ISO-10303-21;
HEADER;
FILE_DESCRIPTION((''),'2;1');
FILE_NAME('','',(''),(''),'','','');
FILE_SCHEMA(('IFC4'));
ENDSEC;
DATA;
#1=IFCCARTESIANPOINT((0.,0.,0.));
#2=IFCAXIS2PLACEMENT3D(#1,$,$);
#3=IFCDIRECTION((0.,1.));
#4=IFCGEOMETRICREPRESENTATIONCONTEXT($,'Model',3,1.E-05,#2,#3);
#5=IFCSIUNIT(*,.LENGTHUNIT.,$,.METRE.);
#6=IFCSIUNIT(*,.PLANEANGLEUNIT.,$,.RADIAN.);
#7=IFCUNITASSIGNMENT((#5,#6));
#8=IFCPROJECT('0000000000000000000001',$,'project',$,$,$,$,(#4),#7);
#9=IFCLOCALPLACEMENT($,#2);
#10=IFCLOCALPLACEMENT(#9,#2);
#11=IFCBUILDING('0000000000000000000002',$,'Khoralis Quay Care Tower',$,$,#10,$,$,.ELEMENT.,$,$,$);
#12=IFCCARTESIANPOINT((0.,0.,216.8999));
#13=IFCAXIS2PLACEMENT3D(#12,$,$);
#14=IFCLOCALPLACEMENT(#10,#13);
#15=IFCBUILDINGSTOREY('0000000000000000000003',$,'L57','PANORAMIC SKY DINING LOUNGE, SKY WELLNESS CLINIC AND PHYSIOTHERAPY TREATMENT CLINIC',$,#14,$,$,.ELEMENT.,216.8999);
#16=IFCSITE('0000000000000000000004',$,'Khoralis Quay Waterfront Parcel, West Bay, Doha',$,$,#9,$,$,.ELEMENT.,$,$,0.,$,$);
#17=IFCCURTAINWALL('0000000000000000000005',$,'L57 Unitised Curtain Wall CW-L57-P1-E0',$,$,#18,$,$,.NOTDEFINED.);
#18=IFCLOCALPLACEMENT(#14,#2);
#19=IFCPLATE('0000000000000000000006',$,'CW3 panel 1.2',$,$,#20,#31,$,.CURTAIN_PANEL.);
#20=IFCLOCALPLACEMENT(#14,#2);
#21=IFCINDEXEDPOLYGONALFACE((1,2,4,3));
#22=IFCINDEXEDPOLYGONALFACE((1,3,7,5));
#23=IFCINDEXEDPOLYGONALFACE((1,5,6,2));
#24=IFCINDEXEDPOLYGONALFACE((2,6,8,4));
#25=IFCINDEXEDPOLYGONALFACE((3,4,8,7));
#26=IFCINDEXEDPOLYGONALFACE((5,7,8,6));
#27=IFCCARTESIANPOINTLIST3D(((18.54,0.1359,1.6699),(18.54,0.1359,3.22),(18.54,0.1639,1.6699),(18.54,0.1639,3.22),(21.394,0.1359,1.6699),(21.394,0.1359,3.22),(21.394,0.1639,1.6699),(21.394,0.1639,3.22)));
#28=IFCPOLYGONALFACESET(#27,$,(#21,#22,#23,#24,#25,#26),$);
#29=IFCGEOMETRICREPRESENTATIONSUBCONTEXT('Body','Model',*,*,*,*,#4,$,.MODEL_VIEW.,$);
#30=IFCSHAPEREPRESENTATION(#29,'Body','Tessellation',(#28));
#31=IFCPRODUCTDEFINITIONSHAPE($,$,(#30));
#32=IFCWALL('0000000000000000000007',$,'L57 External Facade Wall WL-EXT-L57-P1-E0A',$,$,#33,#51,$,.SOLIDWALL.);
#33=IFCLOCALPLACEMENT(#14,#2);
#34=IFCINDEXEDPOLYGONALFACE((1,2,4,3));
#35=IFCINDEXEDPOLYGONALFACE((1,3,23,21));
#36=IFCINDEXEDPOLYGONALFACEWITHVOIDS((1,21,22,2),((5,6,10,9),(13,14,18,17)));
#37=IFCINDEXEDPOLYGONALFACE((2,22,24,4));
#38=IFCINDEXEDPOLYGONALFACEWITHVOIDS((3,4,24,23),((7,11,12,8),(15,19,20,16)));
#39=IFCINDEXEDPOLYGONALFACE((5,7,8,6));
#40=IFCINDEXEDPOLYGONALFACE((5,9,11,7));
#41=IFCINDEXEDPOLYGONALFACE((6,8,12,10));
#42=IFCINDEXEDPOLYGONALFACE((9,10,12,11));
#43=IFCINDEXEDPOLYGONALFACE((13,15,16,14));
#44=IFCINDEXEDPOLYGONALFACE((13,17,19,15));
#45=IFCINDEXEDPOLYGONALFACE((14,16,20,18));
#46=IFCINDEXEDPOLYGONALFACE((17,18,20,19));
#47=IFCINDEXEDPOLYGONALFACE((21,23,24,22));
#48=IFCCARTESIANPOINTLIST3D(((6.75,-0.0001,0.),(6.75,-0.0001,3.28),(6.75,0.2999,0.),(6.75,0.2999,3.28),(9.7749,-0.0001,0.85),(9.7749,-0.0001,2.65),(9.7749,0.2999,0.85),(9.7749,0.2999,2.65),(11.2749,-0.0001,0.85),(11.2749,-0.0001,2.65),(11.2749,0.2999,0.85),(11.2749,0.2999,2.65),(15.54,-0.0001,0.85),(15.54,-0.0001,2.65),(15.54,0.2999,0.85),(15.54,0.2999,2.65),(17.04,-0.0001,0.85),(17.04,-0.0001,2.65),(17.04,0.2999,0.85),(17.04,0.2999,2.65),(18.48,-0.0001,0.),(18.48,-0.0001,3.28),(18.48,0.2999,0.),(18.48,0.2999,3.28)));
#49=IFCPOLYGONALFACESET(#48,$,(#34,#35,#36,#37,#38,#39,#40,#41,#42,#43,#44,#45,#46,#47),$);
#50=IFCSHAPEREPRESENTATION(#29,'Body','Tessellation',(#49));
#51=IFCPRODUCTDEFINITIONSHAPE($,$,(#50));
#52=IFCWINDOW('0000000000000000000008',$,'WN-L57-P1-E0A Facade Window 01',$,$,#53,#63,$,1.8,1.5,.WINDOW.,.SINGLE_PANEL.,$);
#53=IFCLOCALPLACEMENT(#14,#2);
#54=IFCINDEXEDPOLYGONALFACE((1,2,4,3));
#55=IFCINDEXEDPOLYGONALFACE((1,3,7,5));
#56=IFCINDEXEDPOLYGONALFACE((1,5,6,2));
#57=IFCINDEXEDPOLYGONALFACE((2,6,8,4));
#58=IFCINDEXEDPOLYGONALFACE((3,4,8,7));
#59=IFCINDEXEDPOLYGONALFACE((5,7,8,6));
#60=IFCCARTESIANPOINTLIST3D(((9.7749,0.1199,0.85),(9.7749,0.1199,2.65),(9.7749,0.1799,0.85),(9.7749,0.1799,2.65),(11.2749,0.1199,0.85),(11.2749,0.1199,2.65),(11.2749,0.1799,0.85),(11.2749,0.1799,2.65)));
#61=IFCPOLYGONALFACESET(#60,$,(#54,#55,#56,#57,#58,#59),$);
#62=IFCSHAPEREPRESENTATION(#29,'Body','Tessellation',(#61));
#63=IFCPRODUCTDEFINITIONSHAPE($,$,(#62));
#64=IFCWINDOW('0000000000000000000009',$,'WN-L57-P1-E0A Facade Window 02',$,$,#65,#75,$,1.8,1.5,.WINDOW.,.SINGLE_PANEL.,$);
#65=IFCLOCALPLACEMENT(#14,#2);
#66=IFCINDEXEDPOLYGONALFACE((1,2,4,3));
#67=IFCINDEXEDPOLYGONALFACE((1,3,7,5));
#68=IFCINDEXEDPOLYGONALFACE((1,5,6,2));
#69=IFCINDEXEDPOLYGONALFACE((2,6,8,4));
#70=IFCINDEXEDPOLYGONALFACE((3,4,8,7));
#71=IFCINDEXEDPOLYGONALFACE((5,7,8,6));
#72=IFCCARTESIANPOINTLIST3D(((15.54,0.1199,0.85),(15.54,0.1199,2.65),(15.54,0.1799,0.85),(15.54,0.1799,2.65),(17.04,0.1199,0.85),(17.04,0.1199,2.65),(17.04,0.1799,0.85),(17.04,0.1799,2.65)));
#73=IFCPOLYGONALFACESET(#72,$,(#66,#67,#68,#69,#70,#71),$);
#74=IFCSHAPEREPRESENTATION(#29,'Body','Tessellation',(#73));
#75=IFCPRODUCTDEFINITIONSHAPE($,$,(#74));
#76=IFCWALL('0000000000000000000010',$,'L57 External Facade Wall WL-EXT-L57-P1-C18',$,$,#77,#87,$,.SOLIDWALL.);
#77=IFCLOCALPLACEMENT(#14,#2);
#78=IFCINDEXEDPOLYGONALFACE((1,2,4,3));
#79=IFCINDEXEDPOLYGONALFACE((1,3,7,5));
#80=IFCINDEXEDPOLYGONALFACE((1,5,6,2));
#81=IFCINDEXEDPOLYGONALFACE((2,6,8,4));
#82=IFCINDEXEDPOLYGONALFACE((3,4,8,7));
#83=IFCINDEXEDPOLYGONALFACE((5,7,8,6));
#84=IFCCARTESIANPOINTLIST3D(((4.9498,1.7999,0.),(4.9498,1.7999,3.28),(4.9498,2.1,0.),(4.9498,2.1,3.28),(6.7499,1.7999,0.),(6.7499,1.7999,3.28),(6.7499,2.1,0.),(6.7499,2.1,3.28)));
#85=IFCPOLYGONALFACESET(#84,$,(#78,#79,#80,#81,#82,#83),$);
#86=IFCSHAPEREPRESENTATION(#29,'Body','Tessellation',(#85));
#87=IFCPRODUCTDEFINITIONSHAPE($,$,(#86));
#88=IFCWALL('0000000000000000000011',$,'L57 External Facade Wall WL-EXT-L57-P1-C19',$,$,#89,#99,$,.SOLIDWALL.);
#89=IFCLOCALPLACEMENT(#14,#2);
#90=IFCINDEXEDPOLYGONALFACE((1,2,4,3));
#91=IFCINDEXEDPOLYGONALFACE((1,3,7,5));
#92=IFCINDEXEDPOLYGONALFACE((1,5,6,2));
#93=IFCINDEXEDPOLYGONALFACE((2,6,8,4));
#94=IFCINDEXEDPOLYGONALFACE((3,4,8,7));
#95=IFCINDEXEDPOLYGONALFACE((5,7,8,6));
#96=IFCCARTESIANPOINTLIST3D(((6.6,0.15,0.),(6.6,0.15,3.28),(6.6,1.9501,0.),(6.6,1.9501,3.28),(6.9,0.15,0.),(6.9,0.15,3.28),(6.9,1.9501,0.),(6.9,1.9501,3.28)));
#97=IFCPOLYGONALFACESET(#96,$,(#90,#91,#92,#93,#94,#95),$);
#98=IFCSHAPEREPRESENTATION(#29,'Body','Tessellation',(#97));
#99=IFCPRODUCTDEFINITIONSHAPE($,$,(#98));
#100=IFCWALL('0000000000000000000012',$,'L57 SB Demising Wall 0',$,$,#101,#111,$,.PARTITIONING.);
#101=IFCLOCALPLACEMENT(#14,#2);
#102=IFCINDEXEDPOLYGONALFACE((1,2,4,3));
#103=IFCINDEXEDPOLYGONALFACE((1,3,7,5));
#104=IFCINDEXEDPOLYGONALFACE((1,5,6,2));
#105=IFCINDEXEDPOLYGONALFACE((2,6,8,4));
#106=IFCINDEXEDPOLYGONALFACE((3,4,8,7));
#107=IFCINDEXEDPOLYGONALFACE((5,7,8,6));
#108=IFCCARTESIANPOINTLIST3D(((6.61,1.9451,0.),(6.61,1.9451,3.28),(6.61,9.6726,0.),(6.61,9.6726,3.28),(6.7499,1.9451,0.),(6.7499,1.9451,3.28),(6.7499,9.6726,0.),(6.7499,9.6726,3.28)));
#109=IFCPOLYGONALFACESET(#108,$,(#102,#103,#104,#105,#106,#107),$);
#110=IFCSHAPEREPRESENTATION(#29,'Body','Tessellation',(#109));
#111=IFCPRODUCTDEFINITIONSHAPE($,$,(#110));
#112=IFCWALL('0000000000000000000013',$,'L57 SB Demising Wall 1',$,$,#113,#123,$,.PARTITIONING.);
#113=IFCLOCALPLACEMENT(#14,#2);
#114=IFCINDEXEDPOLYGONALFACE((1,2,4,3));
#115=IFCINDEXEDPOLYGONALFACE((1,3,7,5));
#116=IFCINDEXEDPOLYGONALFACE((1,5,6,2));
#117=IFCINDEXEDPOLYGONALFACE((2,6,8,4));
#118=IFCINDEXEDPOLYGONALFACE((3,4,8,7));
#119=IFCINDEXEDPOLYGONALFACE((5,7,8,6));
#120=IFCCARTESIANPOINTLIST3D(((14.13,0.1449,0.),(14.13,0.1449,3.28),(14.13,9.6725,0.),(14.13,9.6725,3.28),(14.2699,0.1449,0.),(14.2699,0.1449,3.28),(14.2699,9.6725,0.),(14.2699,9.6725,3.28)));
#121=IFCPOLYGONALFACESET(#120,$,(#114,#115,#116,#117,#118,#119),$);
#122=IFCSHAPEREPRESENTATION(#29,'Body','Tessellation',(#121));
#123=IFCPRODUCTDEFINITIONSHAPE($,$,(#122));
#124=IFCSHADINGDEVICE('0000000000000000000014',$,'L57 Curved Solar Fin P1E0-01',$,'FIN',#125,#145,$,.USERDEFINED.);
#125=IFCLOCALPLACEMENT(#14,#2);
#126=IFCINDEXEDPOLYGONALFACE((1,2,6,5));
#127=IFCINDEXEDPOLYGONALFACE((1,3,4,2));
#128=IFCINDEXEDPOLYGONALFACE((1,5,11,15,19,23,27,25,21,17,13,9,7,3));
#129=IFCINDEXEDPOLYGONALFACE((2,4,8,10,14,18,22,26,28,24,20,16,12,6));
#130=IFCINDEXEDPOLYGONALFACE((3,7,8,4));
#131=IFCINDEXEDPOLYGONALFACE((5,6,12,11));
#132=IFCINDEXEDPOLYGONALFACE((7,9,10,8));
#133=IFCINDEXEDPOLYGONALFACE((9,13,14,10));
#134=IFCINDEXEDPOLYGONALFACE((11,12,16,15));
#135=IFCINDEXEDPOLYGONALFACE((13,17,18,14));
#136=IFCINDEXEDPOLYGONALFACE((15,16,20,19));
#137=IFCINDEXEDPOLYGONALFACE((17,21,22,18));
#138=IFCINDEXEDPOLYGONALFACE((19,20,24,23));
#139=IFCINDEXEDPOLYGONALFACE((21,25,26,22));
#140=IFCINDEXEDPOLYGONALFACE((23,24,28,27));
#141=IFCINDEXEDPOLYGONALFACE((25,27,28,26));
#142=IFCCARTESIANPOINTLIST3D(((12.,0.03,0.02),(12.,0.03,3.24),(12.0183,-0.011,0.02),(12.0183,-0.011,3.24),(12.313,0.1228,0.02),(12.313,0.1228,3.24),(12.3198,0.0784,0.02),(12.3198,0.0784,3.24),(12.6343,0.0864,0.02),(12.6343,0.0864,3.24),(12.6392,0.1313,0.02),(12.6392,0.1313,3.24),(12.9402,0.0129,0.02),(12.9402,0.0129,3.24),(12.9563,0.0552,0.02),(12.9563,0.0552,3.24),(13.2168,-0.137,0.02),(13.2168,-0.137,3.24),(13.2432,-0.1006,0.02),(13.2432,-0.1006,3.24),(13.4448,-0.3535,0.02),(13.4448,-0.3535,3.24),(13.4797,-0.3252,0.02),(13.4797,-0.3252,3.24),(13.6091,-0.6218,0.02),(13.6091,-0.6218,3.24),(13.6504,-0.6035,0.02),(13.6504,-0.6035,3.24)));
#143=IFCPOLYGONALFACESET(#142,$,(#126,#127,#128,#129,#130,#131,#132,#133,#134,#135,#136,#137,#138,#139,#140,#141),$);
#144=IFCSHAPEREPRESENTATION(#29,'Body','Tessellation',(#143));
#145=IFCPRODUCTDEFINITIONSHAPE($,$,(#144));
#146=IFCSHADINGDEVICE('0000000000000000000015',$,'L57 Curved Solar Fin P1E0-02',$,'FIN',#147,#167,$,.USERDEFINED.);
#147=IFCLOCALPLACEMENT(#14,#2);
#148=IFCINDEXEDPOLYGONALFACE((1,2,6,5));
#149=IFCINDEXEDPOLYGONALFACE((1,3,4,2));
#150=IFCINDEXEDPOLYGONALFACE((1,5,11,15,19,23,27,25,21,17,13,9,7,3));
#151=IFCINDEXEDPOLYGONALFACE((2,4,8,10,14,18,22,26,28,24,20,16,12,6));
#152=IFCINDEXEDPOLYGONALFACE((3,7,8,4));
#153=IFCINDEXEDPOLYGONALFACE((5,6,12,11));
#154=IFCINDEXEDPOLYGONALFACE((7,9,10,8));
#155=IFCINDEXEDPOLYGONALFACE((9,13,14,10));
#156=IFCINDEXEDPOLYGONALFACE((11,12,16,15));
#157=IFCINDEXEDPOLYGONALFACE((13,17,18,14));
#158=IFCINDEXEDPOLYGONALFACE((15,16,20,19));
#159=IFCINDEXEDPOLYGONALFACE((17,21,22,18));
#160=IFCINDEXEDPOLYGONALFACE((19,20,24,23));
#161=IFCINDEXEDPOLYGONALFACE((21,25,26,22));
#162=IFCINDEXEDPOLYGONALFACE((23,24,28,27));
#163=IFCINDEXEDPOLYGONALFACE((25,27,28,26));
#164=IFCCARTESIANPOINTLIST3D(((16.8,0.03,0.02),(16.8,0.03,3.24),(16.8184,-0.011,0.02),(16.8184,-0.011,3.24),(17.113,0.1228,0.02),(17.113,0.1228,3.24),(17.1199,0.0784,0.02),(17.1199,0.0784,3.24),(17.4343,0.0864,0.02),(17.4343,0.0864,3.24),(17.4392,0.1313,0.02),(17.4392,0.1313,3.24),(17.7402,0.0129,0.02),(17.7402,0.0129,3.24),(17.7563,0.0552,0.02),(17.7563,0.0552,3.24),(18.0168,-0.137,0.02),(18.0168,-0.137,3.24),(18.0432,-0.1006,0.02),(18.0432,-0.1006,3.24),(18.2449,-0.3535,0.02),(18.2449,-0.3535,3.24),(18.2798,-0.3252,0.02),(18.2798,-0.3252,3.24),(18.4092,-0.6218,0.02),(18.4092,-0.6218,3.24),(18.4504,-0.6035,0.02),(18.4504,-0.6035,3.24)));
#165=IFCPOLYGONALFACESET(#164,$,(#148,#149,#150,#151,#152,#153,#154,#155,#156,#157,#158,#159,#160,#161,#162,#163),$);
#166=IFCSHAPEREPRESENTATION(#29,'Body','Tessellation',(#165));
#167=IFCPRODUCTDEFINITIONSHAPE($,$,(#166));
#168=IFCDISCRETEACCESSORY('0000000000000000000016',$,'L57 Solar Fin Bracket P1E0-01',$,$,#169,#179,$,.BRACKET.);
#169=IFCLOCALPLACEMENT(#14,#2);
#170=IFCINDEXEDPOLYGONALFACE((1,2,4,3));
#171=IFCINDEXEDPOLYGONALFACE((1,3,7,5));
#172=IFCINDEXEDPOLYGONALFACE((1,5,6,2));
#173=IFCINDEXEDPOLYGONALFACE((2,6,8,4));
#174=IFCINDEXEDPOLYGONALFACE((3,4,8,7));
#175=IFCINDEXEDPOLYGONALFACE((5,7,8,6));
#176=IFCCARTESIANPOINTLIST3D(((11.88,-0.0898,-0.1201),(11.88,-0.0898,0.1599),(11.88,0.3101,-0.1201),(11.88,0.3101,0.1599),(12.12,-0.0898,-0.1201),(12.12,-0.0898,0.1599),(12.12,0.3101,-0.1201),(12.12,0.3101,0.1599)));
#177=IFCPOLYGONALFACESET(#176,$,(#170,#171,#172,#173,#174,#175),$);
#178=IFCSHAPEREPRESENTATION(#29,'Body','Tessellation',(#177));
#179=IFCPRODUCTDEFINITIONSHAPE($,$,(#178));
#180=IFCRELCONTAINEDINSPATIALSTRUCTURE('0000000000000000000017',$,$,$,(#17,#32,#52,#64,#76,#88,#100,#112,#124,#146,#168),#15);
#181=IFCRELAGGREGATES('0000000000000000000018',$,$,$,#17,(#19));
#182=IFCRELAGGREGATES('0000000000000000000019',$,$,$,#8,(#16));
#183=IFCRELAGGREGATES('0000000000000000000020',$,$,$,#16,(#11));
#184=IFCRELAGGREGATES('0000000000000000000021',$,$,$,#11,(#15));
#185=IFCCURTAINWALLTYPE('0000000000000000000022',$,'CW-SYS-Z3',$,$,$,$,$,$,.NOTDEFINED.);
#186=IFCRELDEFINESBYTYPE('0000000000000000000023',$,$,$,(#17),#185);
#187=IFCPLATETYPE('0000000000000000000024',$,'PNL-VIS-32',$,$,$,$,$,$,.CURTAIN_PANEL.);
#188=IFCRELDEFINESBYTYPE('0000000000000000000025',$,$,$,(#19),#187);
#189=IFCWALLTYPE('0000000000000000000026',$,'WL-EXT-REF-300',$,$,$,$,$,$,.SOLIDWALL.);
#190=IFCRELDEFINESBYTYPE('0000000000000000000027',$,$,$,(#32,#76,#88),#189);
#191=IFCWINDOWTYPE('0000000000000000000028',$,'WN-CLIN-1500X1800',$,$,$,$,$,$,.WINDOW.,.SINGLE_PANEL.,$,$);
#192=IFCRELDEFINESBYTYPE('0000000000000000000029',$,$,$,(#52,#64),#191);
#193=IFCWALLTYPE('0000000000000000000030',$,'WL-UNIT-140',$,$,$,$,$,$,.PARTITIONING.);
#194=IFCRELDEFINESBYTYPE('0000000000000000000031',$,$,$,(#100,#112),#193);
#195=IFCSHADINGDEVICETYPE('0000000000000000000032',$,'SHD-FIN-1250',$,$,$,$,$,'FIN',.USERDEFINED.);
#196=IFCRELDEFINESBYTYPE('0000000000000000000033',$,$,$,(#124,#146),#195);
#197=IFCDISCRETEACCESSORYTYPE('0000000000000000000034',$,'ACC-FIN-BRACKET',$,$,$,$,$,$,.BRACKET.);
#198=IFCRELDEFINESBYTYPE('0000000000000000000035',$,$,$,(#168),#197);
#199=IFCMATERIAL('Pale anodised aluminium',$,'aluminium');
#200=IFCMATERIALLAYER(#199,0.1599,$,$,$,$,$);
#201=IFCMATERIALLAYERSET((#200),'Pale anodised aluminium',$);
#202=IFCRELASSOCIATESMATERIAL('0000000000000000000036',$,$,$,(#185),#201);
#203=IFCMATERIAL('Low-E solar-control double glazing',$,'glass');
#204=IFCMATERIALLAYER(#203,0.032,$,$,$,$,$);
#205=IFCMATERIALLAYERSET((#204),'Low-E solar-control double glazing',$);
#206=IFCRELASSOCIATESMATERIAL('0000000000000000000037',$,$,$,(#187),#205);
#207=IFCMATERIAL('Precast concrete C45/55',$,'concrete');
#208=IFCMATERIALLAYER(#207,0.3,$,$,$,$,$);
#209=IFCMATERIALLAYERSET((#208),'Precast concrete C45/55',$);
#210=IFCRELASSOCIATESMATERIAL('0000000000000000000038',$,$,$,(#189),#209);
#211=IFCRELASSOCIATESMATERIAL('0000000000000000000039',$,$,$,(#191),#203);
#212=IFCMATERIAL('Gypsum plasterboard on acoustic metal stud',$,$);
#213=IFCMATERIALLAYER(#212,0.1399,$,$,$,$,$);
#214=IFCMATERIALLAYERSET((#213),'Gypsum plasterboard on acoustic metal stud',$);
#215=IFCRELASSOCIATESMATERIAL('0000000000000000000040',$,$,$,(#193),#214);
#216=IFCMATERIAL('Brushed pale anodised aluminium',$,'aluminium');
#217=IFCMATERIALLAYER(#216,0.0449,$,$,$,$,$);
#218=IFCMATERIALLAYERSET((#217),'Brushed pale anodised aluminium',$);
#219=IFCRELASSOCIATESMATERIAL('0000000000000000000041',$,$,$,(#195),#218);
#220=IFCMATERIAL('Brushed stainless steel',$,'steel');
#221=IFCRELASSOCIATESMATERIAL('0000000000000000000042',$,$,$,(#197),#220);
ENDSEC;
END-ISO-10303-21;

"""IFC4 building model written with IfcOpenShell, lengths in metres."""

from ifc_helpers import new_model, si_unit, direction, frame, frame_2d, origin, origin_2d, place, context, subcontext, project, spatial, polyline, rectangle, outline, extrude, source, transform, mapped, material, layer, layer_set, type_object, element, fill, aggregate, save


model = new_model("IFC4")

# Units and contexts
model_context = context("Model", 3, precision=1e-05, world=origin(), true_north=direction((0.0, 1.0)))
body_context = subcontext(model_context, "Body", "Model", "MODEL_VIEW")
ifc_project = project(units=[si_unit("LENGTHUNIT", "METRE"), si_unit("PLANEANGLEUNIT", "RADIAN")], contexts=[model_context])

# Site, building, storey
site_placement = place(None, origin())
site = spatial("IfcSite", under=ifc_project, at=site_placement, Name="Khoralis Quay Waterfront Parcel, West Bay, Doha", CompositionType="ELEMENT", RefElevation=0.0)
building_placement = place(site_placement, origin())
building = spatial("IfcBuilding", under=site, at=building_placement, Name="Khoralis Quay Care Tower", CompositionType="ELEMENT")
storey_placement = place(building_placement, frame((0.0, 0.0, 216.8999)))
storey = spatial("IfcBuildingStorey", under=building, at=storey_placement, Name="L57", Description="PANORAMIC SKY DINING LOUNGE, SKY WELLNESS CLINIC AND PHYSIOTHERAPY TREATMENT CLINIC", CompositionType="ELEMENT", Elevation=216.8999)

# Curtain wall, plate
ifc_material_1 = material(Name="Pale anodised aluminium", Category="aluminium")
ifc_layer_1 = layer(ifc_material_1, 0.1599)
ifc_layer_set_1 = layer_set([ifc_layer_1], Name="Pale anodised aluminium")
curtain_wall_type = type_object("IfcCurtainWallType", Name="CW-SYS-Z3", PredefinedType="NOTDEFINED", material=ifc_layer_set_1)
curtain_wall_placement = place(storey_placement, origin())
curtain_wall = element("IfcCurtainWall", 1, at=curtain_wall_placement, inside=storey, type_object=curtain_wall_type, Name="L57 Unitised Curtain Wall CW-L57-P1-E0", PredefinedType="NOTDEFINED")
ifc_material_2 = material(Name="Low-E solar-control double glazing", Category="glass")
ifc_layer_2 = layer(ifc_material_2, 0.032)
ifc_layer_set_2 = layer_set([ifc_layer_2], Name="Low-E solar-control double glazing")
plate_type = type_object("IfcPlateType", Name="PNL-VIS-32", PredefinedType="CURTAIN_PANEL", material=ifc_layer_set_2)
shared_shape_1 = source(origin(), body_context, "Body", "SweptSolid", [
    extrude(rectangle(XDim=2.854, YDim=0.0281, at=origin_2d()), origin(), (0.0, 0.0, 1.0), 1.55),
])
plate_1_placement = place(storey_placement, frame((19.967, 0.1499, 1.6699), z_axis=(0.0, 0.0, 1.0), x_axis=(1.0, 0.0, 0.0)))
plate_1 = element("IfcPlate", 2, at=plate_1_placement, type_object=plate_type, Name="CW3 panel 1.2", PredefinedType="CURTAIN_PANEL", context=body_context, shape_type="MappedRepresentation", body=[
    mapped(shared_shape_1, transform((0.0, 0.0, 0.0), scale=1.0)),
])
aggregate(curtain_wall, [plate_1])

# Wall, openings, windows
ifc_material_3 = material(Name="Precast concrete C45/55", Category="concrete")
ifc_layer_3 = layer(ifc_material_3, 0.3)
ifc_layer_set_3 = layer_set([ifc_layer_3], Name="Precast concrete C45/55")
wall_type_1 = type_object("IfcWallType", Name="WL-EXT-REF-300", PredefinedType="SOLIDWALL", material=ifc_layer_set_3)
wall_1_placement = place(storey_placement, frame((6.75, 0.1499, 0.0), z_axis=(0.0, 0.0, 1.0), x_axis=(1.0, 0.0, 0.0)))
wall_1 = element("IfcWall", 3, at=wall_1_placement, inside=storey, type_object=wall_type_1, Name="L57 External Facade Wall WL-EXT-L57-P1-E0A", PredefinedType="SOLIDWALL", context=body_context, shape_type="SweptSolid", body=[
    extrude(rectangle(XDim=11.73, YDim=0.3, at=frame_2d((5.865, 0.0))), origin(), (0.0, 0.0, 1.0), 3.28),
])
opening_1_placement = place(wall_1_placement, frame((3.0249, 0.0, 0.8501)))
opening_1 = element("IfcOpeningElement", 4, at=opening_1_placement, cuts=wall_1, PredefinedType="OPENING", context=body_context, shape_type="SweptSolid", body=[
    extrude(rectangle(XDim=1.5, YDim=1.8, at=frame_2d((0.75, 0.8999))), frame((0.0, 0.1602, 0.0), z_axis=(0.0, -1.0, 0.0), x_axis=(1.0, 0.0, 0.0)), (0.0, 0.0, 1.0), 0.3201),
])
opening_2_placement = place(wall_1_placement, frame((8.79, 0.0, 0.8501)))
opening_2 = element("IfcOpeningElement", 5, at=opening_2_placement, cuts=wall_1, PredefinedType="OPENING", context=body_context, shape_type="SweptSolid", body=[
    extrude(rectangle(XDim=1.5, YDim=1.8, at=frame_2d((0.75, 0.8999))), frame((0.0, 0.1602, 0.0), z_axis=(0.0, -1.0, 0.0), x_axis=(1.0, 0.0, 0.0)), (0.0, 0.0, 1.0), 0.3201),
])
window_type = type_object("IfcWindowType", Name="WN-CLIN-1500X1800", PartitioningType="SINGLE_PANEL", PredefinedType="WINDOW", material=ifc_material_2)
shared_shape_2 = source(origin(), body_context, "Body", "SweptSolid", [
    extrude(rectangle(XDim=1.5, YDim=1.8, at=frame_2d((0.75, 0.8999))), frame((0.0, 0.03, 0.0), z_axis=(0.0, -1.0, 0.0), x_axis=(1.0, 0.0, 0.0)), (0.0, 0.0, 1.0), 0.0601),
])
window_1_placement = place(opening_1_placement, origin())
window_1 = element("IfcWindow", 6, at=window_1_placement, inside=storey, type_object=window_type, Name="WN-L57-P1-E0A Facade Window 01", OverallHeight=1.8, OverallWidth=1.5, PartitioningType="SINGLE_PANEL", PredefinedType="WINDOW", context=body_context, shape_type="MappedRepresentation", body=[
    mapped(shared_shape_2, transform((0.0, 0.0, 0.0), scale=1.0)),
])
fill(opening_1, window_1)
window_2_placement = place(opening_2_placement, origin())
window_2 = element("IfcWindow", 7, at=window_2_placement, inside=storey, type_object=window_type, Name="WN-L57-P1-E0A Facade Window 02", OverallHeight=1.8, OverallWidth=1.5, PartitioningType="SINGLE_PANEL", PredefinedType="WINDOW", context=body_context, shape_type="MappedRepresentation", body=[
    mapped(shared_shape_2, transform((0.0, 0.0, 0.0), scale=1.0)),
])
fill(opening_2, window_2)

# Walls
for number, where, z_axis, x_axis, name in (
    (8, (4.95, 1.95, 0.0), (0.0, 0.0, 1.0), (1.0, 0.0, 0.0), "L57 External Facade Wall WL-EXT-L57-P1-C18"),
    (9, (6.75, 1.95, 0.0), (0.0, 0.0, 1.0), (0.0, -1.0, 0.0), "L57 External Facade Wall WL-EXT-L57-P1-C19"),
):
    element("IfcWall", number, at=place(storey_placement, frame(where, z_axis=z_axis, x_axis=x_axis)), inside=storey, type_object=wall_type_1, Name=name, PredefinedType="SOLIDWALL", context=body_context, shape_type="SweptSolid", body=[
        extrude(rectangle(XDim=1.8, YDim=0.3, at=frame_2d((0.8999, 0.0))), origin(), (0.0, 0.0, 1.0), 3.28),
    ])
ifc_material_4 = material(Name="Gypsum plasterboard on acoustic metal stud")
ifc_layer_4 = layer(ifc_material_4, 0.1399)
ifc_layer_set_4 = layer_set([ifc_layer_4], Name="Gypsum plasterboard on acoustic metal stud")
wall_type_2 = type_object("IfcWallType", Name="WL-UNIT-140", PredefinedType="PARTITIONING", material=ifc_layer_set_4)
wall_2_placement = place(storey_placement, frame((6.6799, 1.9451, 0.0), z_axis=(0.0, 0.0, 1.0), x_axis=(0.0, 1.0, 0.0)))
element("IfcWall", 10, at=wall_2_placement, inside=storey, type_object=wall_type_2, Name="L57 SB Demising Wall 0", PredefinedType="PARTITIONING", context=body_context, shape_type="SweptSolid", body=[
    extrude(rectangle(XDim=7.7275, YDim=0.1399, at=frame_2d((3.8638, 0.0))), origin(), (0.0, 0.0, 1.0), 3.28),
])
wall_3_placement = place(storey_placement, frame((14.2, 0.145, 0.0), z_axis=(0.0, 0.0, 1.0), x_axis=(0.0, 1.0, 0.0)))
element("IfcWall", 11, at=wall_3_placement, inside=storey, type_object=wall_type_2, Name="L57 SB Demising Wall 1", PredefinedType="PARTITIONING", context=body_context, shape_type="SweptSolid", body=[
    extrude(rectangle(XDim=9.5276, YDim=0.1399, at=frame_2d((4.7637, 0.0))), origin(), (0.0, 0.0, 1.0), 3.28),
])

# Shading devices
ifc_material_5 = material(Name="Brushed pale anodised aluminium", Category="aluminium")
ifc_layer_5 = layer(ifc_material_5, 0.0449)
ifc_layer_set_5 = layer_set([ifc_layer_5], Name="Brushed pale anodised aluminium")
shading_device_type = type_object("IfcShadingDeviceType", Name="SHD-FIN-1250", ElementType="FIN", PredefinedType="USERDEFINED", material=ifc_layer_set_5)
shared_shape_3 = source(origin(), body_context, "Body", "SweptSolid", [
    extrude(outline(polyline([(0.0, 0.0), (-0.0928, 0.313), (-0.1013, 0.6392), (-0.0251, 0.9563), (0.1306, 1.2432), (0.3552, 1.4797), (0.6335, 1.6504), (0.6519, 1.6091), (0.3835, 1.4448), (0.167, 1.2168), (0.0171, 0.9402), (-0.0564, 0.6343), (-0.0483, 0.3198), (0.041, 0.0183), (0.0, 0.0)])), origin(), (0.0, 0.0, 1.0), 3.22),
])
for number, where, z_axis, x_axis, name in (
    (12, (12.0, 0.03, 0.02), (0.0, 0.0, 1.0), (0.0, -1.0, 0.0), "L57 Curved Solar Fin P1E0-01"),
    (13, (16.8, 0.03, 0.02), (0.0, 0.0, 1.0), (0.0, -1.0, 0.0), "L57 Curved Solar Fin P1E0-02"),
):
    element("IfcShadingDevice", number, at=place(storey_placement, frame(where, z_axis=z_axis, x_axis=x_axis)), inside=storey, type_object=shading_device_type, Name=name, ObjectType="FIN", PredefinedType="USERDEFINED", context=body_context, shape_type="MappedRepresentation", body=[
        mapped(shared_shape_3, transform((0.0, 0.0, 0.0), scale=1.0)),
    ])

# Discrete accessory
ifc_material_6 = material(Name="Brushed stainless steel", Category="steel")
discrete_accessory_type = type_object("IfcDiscreteAccessoryType", Name="ACC-FIN-BRACKET", PredefinedType="BRACKET", material=ifc_material_6)
shared_shape_4 = source(origin(), body_context, "Body", "SweptSolid", [
    extrude(rectangle(XDim=0.3999, YDim=0.24, at=origin_2d()), origin(), (0.0, 0.0, 1.0), 0.28),
])
for number, where, z_axis, x_axis, name in (
    (14, (12.0, 0.1101, -0.1201), (0.0, 0.0, 1.0), (0.0, -1.0, 0.0), "L57 Solar Fin Bracket P1E0-01"),
):
    element("IfcDiscreteAccessory", number, at=place(storey_placement, frame(where, z_axis=z_axis, x_axis=x_axis)), inside=storey, type_object=discrete_accessory_type, Name=name, PredefinedType="BRACKET", context=body_context, shape_type="MappedRepresentation", body=[
        mapped(shared_shape_4, transform((0.0, 0.0, 0.0), scale=1.0)),
    ])

save(model, "model.ifc")
